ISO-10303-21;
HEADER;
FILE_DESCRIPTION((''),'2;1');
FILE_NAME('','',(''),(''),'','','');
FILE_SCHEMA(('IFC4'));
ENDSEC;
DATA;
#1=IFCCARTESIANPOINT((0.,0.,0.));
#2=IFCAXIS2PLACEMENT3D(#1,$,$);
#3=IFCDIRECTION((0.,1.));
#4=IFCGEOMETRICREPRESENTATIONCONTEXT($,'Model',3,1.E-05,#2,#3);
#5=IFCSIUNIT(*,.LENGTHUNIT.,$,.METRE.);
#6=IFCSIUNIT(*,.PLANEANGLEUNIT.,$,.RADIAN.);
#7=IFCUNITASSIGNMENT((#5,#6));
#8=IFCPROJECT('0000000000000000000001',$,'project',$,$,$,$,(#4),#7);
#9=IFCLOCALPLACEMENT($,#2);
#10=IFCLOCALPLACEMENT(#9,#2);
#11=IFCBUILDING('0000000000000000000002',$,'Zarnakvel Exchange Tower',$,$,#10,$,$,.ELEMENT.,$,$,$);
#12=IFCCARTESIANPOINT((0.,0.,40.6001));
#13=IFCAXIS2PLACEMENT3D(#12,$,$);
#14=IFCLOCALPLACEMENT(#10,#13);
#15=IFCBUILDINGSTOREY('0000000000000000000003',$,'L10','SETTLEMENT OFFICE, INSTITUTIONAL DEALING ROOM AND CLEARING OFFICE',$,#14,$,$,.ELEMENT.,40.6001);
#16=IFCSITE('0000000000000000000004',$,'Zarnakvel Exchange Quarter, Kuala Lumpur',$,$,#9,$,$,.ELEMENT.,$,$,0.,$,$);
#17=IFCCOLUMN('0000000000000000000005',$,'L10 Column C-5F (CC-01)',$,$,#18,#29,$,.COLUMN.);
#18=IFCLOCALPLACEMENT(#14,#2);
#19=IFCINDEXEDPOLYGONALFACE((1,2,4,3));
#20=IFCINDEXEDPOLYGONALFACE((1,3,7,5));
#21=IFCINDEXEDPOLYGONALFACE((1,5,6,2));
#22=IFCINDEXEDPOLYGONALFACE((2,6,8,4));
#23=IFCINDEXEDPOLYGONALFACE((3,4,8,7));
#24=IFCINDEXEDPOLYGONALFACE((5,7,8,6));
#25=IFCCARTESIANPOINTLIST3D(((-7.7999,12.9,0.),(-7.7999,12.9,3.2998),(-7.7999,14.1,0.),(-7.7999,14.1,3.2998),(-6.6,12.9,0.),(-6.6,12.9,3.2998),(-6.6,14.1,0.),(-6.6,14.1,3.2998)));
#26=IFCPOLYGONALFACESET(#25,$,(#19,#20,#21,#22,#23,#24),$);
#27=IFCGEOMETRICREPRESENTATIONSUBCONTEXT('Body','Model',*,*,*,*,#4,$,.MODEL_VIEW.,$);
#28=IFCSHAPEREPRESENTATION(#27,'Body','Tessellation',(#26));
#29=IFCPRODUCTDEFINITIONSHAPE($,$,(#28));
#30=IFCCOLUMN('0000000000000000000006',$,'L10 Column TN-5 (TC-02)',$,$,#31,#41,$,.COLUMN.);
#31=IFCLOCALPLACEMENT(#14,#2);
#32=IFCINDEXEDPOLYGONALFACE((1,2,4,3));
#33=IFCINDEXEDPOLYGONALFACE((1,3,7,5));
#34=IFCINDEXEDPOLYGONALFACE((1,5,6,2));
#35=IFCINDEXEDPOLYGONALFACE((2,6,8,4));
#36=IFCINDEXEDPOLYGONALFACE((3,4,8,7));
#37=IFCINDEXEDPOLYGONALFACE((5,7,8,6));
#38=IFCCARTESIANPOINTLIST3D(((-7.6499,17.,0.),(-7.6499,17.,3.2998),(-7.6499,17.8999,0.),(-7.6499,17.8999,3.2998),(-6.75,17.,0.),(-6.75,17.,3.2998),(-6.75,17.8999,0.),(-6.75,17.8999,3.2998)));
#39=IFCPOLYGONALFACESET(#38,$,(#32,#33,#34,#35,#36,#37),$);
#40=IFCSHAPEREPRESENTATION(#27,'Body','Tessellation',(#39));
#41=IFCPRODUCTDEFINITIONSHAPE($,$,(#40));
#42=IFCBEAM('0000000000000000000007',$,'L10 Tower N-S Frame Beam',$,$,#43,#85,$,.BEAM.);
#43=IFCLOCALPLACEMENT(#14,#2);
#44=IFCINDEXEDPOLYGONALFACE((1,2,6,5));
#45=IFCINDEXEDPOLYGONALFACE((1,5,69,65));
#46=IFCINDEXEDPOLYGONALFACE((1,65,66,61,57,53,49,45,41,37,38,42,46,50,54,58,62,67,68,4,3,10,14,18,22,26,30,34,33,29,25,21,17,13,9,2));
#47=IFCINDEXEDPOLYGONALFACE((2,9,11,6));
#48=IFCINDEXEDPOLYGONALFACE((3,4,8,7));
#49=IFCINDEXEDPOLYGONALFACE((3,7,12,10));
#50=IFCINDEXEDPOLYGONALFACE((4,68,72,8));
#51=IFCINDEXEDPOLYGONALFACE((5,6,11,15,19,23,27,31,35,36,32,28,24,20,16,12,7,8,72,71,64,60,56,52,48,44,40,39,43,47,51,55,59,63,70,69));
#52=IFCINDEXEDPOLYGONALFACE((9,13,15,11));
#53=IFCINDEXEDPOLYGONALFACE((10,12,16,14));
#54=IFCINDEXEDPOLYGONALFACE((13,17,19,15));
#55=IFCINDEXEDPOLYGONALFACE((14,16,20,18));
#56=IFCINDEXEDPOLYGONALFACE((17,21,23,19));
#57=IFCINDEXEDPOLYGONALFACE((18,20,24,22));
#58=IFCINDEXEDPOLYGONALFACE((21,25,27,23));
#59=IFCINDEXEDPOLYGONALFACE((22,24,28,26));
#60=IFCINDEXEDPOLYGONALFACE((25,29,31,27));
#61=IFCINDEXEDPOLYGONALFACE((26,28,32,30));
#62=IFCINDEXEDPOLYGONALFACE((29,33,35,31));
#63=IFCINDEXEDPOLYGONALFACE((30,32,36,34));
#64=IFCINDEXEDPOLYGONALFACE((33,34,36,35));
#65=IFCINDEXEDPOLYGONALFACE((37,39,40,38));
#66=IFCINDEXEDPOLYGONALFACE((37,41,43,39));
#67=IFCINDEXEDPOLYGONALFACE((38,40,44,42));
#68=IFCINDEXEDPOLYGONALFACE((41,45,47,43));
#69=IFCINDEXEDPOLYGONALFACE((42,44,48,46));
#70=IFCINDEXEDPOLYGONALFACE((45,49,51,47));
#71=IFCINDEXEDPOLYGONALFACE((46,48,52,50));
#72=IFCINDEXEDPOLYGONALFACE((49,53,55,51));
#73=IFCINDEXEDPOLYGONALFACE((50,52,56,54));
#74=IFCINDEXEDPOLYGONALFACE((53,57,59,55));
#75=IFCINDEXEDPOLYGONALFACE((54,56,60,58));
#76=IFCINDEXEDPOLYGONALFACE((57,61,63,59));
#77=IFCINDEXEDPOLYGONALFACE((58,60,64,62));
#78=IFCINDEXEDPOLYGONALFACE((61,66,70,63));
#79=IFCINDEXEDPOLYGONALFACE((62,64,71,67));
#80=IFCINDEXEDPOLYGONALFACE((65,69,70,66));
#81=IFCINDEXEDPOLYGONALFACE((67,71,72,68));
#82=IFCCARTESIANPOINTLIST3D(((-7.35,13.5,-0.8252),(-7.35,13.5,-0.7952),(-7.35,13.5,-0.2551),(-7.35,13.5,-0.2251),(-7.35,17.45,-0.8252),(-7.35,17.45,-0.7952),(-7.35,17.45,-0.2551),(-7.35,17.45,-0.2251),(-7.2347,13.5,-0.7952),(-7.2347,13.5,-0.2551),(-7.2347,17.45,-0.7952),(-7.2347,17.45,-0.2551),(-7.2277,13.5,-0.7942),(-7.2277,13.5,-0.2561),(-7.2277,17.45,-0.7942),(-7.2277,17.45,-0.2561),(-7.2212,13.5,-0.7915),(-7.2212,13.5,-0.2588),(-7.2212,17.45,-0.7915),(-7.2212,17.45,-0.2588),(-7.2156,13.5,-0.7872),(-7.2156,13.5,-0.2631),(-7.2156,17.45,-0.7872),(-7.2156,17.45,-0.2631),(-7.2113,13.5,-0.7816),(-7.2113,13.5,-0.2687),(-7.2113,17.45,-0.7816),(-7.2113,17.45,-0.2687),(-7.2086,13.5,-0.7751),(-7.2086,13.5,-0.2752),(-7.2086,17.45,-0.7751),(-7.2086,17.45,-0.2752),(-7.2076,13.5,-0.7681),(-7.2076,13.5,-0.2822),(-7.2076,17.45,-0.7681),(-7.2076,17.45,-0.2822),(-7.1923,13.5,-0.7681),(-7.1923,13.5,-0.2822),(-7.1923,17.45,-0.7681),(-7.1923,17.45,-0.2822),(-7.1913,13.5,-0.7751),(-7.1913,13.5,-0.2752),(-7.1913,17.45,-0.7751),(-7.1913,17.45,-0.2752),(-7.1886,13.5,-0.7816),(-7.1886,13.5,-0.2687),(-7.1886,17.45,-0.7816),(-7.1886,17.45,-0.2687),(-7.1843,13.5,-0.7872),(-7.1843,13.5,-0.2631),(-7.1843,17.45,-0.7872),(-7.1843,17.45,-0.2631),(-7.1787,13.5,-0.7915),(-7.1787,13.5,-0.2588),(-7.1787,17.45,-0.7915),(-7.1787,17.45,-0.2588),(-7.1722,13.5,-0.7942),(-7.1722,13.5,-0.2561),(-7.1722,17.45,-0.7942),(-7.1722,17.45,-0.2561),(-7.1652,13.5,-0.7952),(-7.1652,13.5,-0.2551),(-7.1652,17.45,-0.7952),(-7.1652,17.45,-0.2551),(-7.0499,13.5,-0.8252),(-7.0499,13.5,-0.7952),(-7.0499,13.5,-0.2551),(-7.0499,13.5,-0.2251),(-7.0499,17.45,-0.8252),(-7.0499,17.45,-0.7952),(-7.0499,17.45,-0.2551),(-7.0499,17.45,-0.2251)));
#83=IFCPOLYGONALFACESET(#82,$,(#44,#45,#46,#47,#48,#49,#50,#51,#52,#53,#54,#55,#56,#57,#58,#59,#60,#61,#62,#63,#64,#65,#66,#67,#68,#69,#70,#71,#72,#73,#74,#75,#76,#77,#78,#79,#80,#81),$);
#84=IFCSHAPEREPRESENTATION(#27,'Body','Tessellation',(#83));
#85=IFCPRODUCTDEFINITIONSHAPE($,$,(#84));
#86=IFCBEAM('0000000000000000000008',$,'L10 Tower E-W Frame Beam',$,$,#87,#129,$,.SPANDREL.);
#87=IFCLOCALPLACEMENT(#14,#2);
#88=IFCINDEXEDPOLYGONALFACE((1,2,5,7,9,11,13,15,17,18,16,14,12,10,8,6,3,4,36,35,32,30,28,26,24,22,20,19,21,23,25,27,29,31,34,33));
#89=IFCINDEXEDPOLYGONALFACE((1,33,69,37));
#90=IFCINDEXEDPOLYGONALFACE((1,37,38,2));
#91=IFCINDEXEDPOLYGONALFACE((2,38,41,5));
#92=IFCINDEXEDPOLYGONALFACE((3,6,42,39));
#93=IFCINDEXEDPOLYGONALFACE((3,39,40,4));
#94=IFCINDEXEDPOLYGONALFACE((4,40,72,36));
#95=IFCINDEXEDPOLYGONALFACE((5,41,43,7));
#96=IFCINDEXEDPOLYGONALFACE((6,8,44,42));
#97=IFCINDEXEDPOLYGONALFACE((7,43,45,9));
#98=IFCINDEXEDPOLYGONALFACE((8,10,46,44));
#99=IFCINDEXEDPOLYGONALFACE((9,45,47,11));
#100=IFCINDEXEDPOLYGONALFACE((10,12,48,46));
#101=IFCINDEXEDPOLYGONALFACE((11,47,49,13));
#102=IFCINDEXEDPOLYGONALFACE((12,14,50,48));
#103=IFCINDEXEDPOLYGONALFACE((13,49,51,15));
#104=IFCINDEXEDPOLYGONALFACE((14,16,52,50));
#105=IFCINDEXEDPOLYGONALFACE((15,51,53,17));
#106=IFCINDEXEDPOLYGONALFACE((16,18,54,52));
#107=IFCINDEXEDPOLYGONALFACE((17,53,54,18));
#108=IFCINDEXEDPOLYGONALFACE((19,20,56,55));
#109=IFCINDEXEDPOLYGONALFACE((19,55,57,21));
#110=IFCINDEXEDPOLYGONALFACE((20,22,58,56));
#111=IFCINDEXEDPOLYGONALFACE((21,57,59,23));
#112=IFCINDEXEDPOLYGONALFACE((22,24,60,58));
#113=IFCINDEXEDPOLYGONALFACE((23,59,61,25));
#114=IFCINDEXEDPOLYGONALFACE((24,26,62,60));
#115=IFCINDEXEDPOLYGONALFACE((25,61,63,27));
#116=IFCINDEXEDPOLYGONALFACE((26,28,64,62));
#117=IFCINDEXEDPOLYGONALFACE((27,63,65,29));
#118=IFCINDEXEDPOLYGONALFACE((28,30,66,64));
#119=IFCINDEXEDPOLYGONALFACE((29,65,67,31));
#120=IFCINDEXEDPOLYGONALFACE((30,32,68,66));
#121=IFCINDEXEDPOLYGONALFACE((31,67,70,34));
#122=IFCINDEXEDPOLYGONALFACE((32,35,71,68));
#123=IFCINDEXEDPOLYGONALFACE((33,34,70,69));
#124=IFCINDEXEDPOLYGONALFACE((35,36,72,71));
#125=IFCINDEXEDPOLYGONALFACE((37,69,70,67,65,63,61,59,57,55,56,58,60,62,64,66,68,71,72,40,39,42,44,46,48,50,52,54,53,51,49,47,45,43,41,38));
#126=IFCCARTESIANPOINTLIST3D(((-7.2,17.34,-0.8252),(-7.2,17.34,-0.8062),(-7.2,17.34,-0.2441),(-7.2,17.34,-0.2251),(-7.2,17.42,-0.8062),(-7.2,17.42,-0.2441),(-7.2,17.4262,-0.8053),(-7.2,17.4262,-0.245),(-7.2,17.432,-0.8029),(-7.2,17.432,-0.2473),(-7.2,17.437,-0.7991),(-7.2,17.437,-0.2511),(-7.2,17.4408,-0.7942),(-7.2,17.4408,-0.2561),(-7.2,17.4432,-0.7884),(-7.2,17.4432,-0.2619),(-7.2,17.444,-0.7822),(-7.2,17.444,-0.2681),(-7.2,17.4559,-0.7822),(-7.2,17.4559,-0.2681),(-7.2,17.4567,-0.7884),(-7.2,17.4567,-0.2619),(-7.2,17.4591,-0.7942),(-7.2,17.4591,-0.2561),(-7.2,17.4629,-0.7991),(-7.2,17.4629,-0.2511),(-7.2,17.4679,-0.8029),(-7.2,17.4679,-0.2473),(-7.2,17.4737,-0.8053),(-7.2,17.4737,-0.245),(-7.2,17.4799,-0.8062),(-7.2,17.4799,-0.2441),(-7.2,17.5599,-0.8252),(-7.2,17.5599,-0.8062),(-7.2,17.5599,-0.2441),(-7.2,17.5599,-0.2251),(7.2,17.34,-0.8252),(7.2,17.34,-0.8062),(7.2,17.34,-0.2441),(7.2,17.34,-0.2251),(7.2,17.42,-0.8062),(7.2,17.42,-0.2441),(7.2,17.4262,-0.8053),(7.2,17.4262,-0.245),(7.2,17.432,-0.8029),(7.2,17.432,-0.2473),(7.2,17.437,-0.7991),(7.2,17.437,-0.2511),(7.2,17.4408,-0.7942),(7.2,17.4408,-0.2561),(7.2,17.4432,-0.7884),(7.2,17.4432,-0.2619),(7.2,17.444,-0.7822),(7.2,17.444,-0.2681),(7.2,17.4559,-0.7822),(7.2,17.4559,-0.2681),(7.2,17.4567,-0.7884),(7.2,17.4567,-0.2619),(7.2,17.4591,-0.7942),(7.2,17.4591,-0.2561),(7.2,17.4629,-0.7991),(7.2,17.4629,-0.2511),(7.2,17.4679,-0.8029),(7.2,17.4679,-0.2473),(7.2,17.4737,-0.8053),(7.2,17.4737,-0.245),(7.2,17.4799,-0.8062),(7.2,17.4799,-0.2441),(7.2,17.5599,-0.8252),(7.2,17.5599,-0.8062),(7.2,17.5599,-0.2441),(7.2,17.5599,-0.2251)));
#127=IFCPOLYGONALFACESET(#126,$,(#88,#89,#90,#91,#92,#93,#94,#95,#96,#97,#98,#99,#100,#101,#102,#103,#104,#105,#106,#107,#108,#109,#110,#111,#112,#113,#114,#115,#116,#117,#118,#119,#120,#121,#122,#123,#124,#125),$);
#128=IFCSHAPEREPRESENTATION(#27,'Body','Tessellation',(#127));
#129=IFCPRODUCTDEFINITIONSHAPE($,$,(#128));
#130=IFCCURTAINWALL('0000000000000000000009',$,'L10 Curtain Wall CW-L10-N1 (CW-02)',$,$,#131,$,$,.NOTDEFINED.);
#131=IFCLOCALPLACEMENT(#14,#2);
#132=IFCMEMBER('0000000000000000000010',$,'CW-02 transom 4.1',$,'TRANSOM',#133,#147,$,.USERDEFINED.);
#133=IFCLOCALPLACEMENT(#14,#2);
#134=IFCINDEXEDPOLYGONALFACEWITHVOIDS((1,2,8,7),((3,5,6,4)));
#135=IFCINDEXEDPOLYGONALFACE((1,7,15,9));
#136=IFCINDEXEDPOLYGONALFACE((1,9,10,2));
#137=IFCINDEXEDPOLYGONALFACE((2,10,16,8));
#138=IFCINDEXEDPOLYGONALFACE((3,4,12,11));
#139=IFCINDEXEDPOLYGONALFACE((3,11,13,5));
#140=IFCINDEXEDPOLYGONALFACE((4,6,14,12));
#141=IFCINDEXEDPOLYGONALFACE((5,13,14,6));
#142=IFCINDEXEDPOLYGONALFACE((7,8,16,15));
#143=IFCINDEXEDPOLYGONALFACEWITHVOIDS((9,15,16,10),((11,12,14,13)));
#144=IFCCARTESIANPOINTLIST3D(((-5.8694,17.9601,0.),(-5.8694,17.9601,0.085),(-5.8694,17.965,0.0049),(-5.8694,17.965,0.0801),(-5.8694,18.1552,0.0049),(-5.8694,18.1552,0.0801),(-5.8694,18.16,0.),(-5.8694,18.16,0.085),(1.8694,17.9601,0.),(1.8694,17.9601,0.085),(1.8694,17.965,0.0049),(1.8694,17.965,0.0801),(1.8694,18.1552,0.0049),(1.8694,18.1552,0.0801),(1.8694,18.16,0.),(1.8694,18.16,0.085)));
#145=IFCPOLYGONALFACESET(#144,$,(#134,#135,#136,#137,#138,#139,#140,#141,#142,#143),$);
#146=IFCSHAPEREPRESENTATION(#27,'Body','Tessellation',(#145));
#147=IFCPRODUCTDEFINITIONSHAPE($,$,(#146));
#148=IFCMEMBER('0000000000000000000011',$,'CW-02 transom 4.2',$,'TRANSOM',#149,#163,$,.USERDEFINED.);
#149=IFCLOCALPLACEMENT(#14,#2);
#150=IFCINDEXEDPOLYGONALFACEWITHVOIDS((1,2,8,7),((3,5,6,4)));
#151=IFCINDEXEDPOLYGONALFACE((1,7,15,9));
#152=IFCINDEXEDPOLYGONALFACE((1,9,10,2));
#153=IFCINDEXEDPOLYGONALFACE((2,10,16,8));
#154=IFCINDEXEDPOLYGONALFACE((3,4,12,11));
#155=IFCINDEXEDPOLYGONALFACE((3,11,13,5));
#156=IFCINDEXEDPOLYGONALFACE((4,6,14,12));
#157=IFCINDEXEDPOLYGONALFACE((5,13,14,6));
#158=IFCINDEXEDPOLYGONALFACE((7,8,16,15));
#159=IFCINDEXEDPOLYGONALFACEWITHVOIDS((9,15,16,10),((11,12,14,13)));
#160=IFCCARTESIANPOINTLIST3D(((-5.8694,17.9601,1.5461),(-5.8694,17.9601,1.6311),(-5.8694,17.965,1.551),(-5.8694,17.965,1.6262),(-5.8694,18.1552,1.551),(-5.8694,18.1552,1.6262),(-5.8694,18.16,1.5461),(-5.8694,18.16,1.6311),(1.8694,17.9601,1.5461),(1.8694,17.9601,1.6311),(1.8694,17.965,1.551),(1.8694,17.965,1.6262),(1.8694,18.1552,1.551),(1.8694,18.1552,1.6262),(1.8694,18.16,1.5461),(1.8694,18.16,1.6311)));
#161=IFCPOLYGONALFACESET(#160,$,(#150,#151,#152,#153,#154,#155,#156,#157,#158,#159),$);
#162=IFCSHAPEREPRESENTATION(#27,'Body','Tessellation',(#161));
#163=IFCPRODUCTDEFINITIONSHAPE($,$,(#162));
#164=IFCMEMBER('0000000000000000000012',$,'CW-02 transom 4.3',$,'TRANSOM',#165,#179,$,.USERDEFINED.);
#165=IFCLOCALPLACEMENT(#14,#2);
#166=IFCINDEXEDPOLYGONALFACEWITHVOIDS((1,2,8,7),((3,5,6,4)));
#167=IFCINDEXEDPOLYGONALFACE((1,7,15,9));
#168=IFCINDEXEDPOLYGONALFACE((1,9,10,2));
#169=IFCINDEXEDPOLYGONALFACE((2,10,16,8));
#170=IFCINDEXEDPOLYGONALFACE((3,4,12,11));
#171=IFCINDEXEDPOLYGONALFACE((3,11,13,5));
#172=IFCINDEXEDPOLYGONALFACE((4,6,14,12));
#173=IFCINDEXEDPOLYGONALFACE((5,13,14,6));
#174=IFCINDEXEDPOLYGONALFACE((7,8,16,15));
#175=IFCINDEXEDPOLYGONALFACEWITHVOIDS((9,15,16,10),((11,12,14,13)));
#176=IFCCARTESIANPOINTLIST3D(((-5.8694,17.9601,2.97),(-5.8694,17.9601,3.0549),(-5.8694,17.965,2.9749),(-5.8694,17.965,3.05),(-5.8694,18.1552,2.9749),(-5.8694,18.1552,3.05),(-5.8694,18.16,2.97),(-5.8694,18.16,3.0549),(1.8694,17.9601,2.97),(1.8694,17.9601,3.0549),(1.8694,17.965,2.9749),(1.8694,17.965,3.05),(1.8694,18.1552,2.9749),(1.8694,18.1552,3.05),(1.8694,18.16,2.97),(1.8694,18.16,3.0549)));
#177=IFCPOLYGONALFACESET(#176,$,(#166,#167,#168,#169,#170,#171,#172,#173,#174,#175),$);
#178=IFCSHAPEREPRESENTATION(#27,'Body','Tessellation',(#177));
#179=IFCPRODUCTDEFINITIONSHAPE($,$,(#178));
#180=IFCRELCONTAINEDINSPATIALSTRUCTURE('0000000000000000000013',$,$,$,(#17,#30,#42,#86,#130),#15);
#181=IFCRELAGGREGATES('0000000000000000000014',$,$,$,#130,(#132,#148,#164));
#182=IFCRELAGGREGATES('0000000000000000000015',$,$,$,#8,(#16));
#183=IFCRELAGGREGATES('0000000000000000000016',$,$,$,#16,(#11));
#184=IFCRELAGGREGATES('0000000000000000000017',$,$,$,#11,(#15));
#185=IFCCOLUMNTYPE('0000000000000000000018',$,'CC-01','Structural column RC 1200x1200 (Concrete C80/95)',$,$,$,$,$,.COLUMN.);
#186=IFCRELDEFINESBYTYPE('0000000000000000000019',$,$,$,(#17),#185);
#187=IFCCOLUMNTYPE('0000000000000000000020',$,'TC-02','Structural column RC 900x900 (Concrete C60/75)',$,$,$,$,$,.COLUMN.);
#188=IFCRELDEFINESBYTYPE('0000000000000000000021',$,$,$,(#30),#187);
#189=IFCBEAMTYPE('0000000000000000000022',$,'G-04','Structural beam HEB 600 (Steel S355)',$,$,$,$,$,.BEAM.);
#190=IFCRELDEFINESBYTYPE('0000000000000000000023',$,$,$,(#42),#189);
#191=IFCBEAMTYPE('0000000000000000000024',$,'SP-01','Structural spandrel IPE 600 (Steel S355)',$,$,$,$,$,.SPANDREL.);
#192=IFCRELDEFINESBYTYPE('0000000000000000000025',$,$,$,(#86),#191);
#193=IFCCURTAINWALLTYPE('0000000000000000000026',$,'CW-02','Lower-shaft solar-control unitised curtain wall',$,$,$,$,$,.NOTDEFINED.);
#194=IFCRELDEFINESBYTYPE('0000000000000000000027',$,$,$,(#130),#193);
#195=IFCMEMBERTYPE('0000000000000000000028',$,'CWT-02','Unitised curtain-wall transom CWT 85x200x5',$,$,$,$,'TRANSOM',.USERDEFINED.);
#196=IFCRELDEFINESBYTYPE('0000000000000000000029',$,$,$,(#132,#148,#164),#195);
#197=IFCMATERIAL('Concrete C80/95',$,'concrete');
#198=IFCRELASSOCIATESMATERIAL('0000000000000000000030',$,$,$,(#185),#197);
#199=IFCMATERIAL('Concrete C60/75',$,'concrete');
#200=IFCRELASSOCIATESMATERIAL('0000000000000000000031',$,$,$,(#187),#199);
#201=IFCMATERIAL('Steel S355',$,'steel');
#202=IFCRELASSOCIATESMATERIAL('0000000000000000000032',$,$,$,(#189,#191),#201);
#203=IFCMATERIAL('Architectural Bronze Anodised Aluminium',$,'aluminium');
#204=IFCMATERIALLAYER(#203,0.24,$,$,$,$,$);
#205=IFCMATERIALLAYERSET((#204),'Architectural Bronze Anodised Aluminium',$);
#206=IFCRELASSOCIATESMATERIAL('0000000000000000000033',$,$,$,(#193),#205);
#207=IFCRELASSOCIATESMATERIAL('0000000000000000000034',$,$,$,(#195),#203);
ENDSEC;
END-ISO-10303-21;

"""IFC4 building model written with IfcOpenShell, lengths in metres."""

from ifc_helpers import new_model, si_unit, direction, frame, origin, origin_2d, place, context, subcontext, project, spatial, rectangle, hollow_rectangle, i_section, extrude, source, transform, mapped, material, layer, layer_set, material_profile, profile_set, type_object, element, aggregate, save


model = new_model("IFC4")

# Units and contexts
model_context = context("Model", 3, precision=1e-05, world=origin(), true_north=direction((0.0, 1.0)))
body_context = subcontext(model_context, "Body", "Model", "MODEL_VIEW")
ifc_project = project(units=[si_unit("LENGTHUNIT", "METRE"), si_unit("PLANEANGLEUNIT", "RADIAN")], contexts=[model_context])

# Site, building, storey
site_placement = place(None, origin())
site = spatial("IfcSite", under=ifc_project, at=site_placement, Name="Zarnakvel Exchange Quarter, Kuala Lumpur", CompositionType="ELEMENT", RefElevation=0.0)
building_placement = place(site_placement, origin())
building = spatial("IfcBuilding", under=site, at=building_placement, Name="Zarnakvel Exchange Tower", CompositionType="ELEMENT")
storey_placement = place(building_placement, frame((0.0, 0.0, 40.6001)))
storey = spatial("IfcBuildingStorey", under=building, at=storey_placement, Name="L10", Description="SETTLEMENT OFFICE, INSTITUTIONAL DEALING ROOM AND CLEARING OFFICE", CompositionType="ELEMENT", Elevation=40.6001)

# Columns
ifc_material_1 = material(Name="Concrete C80/95", Category="concrete")
ifc_material_profile_1 = material_profile(ifc_material_1, rectangle(XDim=1.2, YDim=1.2, at=origin_2d()))
ifc_profile_set_1 = profile_set([ifc_material_profile_1], Name="Concrete C80/95")
column_type_1 = type_object("IfcColumnType", Name="CC-01", Description="Structural column RC 1200x1200 (Concrete C80/95)", PredefinedType="COLUMN", material=ifc_profile_set_1)
column_1_placement = place(storey_placement, frame((-7.2, 13.5, 0.0), z_axis=(0.0, 0.0, 1.0), x_axis=(1.0, 0.0, 0.0)))
element("IfcColumn", 1, at=column_1_placement, inside=storey, type_object=column_type_1, Name="L10 Column C-5F (CC-01)", PredefinedType="COLUMN", context=body_context, shape_type="SweptSolid", body=[
    extrude(rectangle(XDim=1.2, YDim=1.2, at=origin_2d()), origin(), (0.0, 0.0, 1.0), 3.2998),
])
ifc_material_2 = material(Name="Concrete C60/75", Category="concrete")
ifc_material_profile_2 = material_profile(ifc_material_2, rectangle(XDim=0.8999, YDim=0.8999, at=origin_2d()))
ifc_profile_set_2 = profile_set([ifc_material_profile_2], Name="Concrete C60/75")
column_type_2 = type_object("IfcColumnType", Name="TC-02", Description="Structural column RC 900x900 (Concrete C60/75)", PredefinedType="COLUMN", material=ifc_profile_set_2)
column_2_placement = place(storey_placement, frame((-7.2, 17.45, 0.0), z_axis=(0.0, 0.0, 1.0), x_axis=(1.0, 0.0, 0.0)))
element("IfcColumn", 2, at=column_2_placement, inside=storey, type_object=column_type_2, Name="L10 Column TN-5 (TC-02)", PredefinedType="COLUMN", context=body_context, shape_type="SweptSolid", body=[
    extrude(rectangle(XDim=0.8999, YDim=0.8999, at=origin_2d()), origin(), (0.0, 0.0, 1.0), 3.2998),
])

# Beams
ifc_material_3 = material(Name="Steel S355", Category="steel")
ifc_material_profile_3 = material_profile(ifc_material_3, i_section(OverallWidth=0.3, OverallDepth=0.6001, WebThickness=0.0154, FlangeThickness=0.03, FilletRadius=0.0271, at=origin_2d()))
ifc_profile_set_3 = profile_set([ifc_material_profile_3], Name="Steel S355")
beam_type_1 = type_object("IfcBeamType", Name="G-04", Description="Structural beam HEB 600 (Steel S355)", PredefinedType="BEAM", material=ifc_profile_set_3)
beam_1_placement = place(storey_placement, frame((-7.2, 13.5, -0.5251), z_axis=(0.0, 1.0, 0.0), x_axis=(-1.0, 0.0, 0.0)))
element("IfcBeam", 3, at=beam_1_placement, inside=storey, type_object=beam_type_1, Name="L10 Tower N-S Frame Beam", PredefinedType="BEAM", context=body_context, shape_type="SweptSolid", body=[
    extrude(i_section(OverallWidth=0.3, OverallDepth=0.6001, WebThickness=0.0154, FlangeThickness=0.03, FilletRadius=0.0271, at=origin_2d()), origin(), (0.0, 0.0, 1.0), 3.95),
])
ifc_material_profile_4 = material_profile(ifc_material_3, i_section(OverallWidth=0.22, OverallDepth=0.6001, WebThickness=0.012, FlangeThickness=0.019, FilletRadius=0.0239, at=origin_2d()))
ifc_profile_set_4 = profile_set([ifc_material_profile_4], Name="Steel S355")
beam_type_2 = type_object("IfcBeamType", Name="SP-01", Description="Structural spandrel IPE 600 (Steel S355)", PredefinedType="SPANDREL", material=ifc_profile_set_4)
beam_2_placement = place(storey_placement, frame((-7.2, 17.45, -0.5251), z_axis=(1.0, 0.0, 0.0), x_axis=(0.0, 1.0, 0.0)))
element("IfcBeam", 4, at=beam_2_placement, inside=storey, type_object=beam_type_2, Name="L10 Tower E-W Frame Beam", PredefinedType="SPANDREL", context=body_context, shape_type="SweptSolid", body=[
    extrude(i_section(OverallWidth=0.22, OverallDepth=0.6001, WebThickness=0.012, FlangeThickness=0.019, FilletRadius=0.0239, at=origin_2d()), origin(), (0.0, 0.0, 1.0), 14.3999),
])

# Curtain wall, members
ifc_material_4 = material(Name="Architectural Bronze Anodised Aluminium", Category="aluminium")
ifc_layer_1 = layer(ifc_material_4, 0.24)
ifc_layer_set_1 = layer_set([ifc_layer_1], Name="Architectural Bronze Anodised Aluminium")
curtain_wall_type = type_object("IfcCurtainWallType", Name="CW-02", Description="Lower-shaft solar-control unitised curtain wall", PredefinedType="NOTDEFINED", material=ifc_layer_set_1)
curtain_wall_placement = place(storey_placement, origin())
curtain_wall = element("IfcCurtainWall", 5, at=curtain_wall_placement, inside=storey, type_object=curtain_wall_type, Name="L10 Curtain Wall CW-L10-N1 (CW-02)", PredefinedType="NOTDEFINED")
ifc_material_profile_5 = material_profile(ifc_material_4, hollow_rectangle(XDim=0.2, YDim=0.085, WallThickness=0.0049, at=origin_2d()))
ifc_profile_set_5 = profile_set([ifc_material_profile_5], Name="Architectural Bronze Anodised Aluminium")
member_type_1 = type_object("IfcMemberType", Name="CWT-02", Description="Unitised curtain-wall transom CWT 85x200x5", ElementType="TRANSOM", PredefinedType="USERDEFINED", material=ifc_profile_set_5)
shared_shape_1 = source(origin(), body_context, "Body", "SweptSolid", [
    extrude(hollow_rectangle(XDim=0.2, YDim=0.085, WallThickness=0.0049, at=origin_2d()), origin(), (0.0, 0.0, 1.0), 7.7388),
])
member_1_placement = place(storey_placement, frame((-5.8694, 18.0601, 0.0425), z_axis=(1.0, 0.0, 0.0), x_axis=(0.0, 1.0, 0.0)))
member_1 = element("IfcMember", 6, at=member_1_placement, type_object=member_type_1, Name="CW-02 transom 4.1", ObjectType="TRANSOM", PredefinedType="USERDEFINED", context=body_context, shape_type="MappedRepresentation", body=[
    mapped(shared_shape_1, transform((0.0, 0.0, 0.0), x_axis=(1.0, 0.0, 0.0), y_axis=(0.0, 1.0, 0.0), z_axis=(0.0, 0.0, 1.0), scale=1.0)),
])
member_2_placement = place(storey_placement, frame((-5.8694, 18.0601, 1.5886), z_axis=(1.0, 0.0, 0.0), x_axis=(0.0, 1.0, 0.0)))
member_2 = element("IfcMember", 7, at=member_2_placement, type_object=member_type_1, Name="CW-02 transom 4.2", ObjectType="TRANSOM", PredefinedType="USERDEFINED", context=body_context, shape_type="MappedRepresentation", body=[
    mapped(shared_shape_1, transform((0.0, 0.0, 0.0), x_axis=(1.0, 0.0, 0.0), y_axis=(0.0, 1.0, 0.0), z_axis=(0.0, 0.0, 1.0), scale=1.0)),
])
member_3_placement = place(storey_placement, frame((-5.8694, 18.0601, 3.0125), z_axis=(1.0, 0.0, 0.0), x_axis=(0.0, 1.0, 0.0)))
member_3 = element("IfcMember", 8, at=member_3_placement, type_object=member_type_1, Name="CW-02 transom 4.3", ObjectType="TRANSOM", PredefinedType="USERDEFINED", context=body_context, shape_type="MappedRepresentation", body=[
    mapped(shared_shape_1, transform((0.0, 0.0, 0.0), x_axis=(1.0, 0.0, 0.0), y_axis=(0.0, 1.0, 0.0), z_axis=(0.0, 0.0, 1.0), scale=1.0)),
])
aggregate(curtain_wall, [member_1, member_2, member_3])

save(model, "model.ifc")
